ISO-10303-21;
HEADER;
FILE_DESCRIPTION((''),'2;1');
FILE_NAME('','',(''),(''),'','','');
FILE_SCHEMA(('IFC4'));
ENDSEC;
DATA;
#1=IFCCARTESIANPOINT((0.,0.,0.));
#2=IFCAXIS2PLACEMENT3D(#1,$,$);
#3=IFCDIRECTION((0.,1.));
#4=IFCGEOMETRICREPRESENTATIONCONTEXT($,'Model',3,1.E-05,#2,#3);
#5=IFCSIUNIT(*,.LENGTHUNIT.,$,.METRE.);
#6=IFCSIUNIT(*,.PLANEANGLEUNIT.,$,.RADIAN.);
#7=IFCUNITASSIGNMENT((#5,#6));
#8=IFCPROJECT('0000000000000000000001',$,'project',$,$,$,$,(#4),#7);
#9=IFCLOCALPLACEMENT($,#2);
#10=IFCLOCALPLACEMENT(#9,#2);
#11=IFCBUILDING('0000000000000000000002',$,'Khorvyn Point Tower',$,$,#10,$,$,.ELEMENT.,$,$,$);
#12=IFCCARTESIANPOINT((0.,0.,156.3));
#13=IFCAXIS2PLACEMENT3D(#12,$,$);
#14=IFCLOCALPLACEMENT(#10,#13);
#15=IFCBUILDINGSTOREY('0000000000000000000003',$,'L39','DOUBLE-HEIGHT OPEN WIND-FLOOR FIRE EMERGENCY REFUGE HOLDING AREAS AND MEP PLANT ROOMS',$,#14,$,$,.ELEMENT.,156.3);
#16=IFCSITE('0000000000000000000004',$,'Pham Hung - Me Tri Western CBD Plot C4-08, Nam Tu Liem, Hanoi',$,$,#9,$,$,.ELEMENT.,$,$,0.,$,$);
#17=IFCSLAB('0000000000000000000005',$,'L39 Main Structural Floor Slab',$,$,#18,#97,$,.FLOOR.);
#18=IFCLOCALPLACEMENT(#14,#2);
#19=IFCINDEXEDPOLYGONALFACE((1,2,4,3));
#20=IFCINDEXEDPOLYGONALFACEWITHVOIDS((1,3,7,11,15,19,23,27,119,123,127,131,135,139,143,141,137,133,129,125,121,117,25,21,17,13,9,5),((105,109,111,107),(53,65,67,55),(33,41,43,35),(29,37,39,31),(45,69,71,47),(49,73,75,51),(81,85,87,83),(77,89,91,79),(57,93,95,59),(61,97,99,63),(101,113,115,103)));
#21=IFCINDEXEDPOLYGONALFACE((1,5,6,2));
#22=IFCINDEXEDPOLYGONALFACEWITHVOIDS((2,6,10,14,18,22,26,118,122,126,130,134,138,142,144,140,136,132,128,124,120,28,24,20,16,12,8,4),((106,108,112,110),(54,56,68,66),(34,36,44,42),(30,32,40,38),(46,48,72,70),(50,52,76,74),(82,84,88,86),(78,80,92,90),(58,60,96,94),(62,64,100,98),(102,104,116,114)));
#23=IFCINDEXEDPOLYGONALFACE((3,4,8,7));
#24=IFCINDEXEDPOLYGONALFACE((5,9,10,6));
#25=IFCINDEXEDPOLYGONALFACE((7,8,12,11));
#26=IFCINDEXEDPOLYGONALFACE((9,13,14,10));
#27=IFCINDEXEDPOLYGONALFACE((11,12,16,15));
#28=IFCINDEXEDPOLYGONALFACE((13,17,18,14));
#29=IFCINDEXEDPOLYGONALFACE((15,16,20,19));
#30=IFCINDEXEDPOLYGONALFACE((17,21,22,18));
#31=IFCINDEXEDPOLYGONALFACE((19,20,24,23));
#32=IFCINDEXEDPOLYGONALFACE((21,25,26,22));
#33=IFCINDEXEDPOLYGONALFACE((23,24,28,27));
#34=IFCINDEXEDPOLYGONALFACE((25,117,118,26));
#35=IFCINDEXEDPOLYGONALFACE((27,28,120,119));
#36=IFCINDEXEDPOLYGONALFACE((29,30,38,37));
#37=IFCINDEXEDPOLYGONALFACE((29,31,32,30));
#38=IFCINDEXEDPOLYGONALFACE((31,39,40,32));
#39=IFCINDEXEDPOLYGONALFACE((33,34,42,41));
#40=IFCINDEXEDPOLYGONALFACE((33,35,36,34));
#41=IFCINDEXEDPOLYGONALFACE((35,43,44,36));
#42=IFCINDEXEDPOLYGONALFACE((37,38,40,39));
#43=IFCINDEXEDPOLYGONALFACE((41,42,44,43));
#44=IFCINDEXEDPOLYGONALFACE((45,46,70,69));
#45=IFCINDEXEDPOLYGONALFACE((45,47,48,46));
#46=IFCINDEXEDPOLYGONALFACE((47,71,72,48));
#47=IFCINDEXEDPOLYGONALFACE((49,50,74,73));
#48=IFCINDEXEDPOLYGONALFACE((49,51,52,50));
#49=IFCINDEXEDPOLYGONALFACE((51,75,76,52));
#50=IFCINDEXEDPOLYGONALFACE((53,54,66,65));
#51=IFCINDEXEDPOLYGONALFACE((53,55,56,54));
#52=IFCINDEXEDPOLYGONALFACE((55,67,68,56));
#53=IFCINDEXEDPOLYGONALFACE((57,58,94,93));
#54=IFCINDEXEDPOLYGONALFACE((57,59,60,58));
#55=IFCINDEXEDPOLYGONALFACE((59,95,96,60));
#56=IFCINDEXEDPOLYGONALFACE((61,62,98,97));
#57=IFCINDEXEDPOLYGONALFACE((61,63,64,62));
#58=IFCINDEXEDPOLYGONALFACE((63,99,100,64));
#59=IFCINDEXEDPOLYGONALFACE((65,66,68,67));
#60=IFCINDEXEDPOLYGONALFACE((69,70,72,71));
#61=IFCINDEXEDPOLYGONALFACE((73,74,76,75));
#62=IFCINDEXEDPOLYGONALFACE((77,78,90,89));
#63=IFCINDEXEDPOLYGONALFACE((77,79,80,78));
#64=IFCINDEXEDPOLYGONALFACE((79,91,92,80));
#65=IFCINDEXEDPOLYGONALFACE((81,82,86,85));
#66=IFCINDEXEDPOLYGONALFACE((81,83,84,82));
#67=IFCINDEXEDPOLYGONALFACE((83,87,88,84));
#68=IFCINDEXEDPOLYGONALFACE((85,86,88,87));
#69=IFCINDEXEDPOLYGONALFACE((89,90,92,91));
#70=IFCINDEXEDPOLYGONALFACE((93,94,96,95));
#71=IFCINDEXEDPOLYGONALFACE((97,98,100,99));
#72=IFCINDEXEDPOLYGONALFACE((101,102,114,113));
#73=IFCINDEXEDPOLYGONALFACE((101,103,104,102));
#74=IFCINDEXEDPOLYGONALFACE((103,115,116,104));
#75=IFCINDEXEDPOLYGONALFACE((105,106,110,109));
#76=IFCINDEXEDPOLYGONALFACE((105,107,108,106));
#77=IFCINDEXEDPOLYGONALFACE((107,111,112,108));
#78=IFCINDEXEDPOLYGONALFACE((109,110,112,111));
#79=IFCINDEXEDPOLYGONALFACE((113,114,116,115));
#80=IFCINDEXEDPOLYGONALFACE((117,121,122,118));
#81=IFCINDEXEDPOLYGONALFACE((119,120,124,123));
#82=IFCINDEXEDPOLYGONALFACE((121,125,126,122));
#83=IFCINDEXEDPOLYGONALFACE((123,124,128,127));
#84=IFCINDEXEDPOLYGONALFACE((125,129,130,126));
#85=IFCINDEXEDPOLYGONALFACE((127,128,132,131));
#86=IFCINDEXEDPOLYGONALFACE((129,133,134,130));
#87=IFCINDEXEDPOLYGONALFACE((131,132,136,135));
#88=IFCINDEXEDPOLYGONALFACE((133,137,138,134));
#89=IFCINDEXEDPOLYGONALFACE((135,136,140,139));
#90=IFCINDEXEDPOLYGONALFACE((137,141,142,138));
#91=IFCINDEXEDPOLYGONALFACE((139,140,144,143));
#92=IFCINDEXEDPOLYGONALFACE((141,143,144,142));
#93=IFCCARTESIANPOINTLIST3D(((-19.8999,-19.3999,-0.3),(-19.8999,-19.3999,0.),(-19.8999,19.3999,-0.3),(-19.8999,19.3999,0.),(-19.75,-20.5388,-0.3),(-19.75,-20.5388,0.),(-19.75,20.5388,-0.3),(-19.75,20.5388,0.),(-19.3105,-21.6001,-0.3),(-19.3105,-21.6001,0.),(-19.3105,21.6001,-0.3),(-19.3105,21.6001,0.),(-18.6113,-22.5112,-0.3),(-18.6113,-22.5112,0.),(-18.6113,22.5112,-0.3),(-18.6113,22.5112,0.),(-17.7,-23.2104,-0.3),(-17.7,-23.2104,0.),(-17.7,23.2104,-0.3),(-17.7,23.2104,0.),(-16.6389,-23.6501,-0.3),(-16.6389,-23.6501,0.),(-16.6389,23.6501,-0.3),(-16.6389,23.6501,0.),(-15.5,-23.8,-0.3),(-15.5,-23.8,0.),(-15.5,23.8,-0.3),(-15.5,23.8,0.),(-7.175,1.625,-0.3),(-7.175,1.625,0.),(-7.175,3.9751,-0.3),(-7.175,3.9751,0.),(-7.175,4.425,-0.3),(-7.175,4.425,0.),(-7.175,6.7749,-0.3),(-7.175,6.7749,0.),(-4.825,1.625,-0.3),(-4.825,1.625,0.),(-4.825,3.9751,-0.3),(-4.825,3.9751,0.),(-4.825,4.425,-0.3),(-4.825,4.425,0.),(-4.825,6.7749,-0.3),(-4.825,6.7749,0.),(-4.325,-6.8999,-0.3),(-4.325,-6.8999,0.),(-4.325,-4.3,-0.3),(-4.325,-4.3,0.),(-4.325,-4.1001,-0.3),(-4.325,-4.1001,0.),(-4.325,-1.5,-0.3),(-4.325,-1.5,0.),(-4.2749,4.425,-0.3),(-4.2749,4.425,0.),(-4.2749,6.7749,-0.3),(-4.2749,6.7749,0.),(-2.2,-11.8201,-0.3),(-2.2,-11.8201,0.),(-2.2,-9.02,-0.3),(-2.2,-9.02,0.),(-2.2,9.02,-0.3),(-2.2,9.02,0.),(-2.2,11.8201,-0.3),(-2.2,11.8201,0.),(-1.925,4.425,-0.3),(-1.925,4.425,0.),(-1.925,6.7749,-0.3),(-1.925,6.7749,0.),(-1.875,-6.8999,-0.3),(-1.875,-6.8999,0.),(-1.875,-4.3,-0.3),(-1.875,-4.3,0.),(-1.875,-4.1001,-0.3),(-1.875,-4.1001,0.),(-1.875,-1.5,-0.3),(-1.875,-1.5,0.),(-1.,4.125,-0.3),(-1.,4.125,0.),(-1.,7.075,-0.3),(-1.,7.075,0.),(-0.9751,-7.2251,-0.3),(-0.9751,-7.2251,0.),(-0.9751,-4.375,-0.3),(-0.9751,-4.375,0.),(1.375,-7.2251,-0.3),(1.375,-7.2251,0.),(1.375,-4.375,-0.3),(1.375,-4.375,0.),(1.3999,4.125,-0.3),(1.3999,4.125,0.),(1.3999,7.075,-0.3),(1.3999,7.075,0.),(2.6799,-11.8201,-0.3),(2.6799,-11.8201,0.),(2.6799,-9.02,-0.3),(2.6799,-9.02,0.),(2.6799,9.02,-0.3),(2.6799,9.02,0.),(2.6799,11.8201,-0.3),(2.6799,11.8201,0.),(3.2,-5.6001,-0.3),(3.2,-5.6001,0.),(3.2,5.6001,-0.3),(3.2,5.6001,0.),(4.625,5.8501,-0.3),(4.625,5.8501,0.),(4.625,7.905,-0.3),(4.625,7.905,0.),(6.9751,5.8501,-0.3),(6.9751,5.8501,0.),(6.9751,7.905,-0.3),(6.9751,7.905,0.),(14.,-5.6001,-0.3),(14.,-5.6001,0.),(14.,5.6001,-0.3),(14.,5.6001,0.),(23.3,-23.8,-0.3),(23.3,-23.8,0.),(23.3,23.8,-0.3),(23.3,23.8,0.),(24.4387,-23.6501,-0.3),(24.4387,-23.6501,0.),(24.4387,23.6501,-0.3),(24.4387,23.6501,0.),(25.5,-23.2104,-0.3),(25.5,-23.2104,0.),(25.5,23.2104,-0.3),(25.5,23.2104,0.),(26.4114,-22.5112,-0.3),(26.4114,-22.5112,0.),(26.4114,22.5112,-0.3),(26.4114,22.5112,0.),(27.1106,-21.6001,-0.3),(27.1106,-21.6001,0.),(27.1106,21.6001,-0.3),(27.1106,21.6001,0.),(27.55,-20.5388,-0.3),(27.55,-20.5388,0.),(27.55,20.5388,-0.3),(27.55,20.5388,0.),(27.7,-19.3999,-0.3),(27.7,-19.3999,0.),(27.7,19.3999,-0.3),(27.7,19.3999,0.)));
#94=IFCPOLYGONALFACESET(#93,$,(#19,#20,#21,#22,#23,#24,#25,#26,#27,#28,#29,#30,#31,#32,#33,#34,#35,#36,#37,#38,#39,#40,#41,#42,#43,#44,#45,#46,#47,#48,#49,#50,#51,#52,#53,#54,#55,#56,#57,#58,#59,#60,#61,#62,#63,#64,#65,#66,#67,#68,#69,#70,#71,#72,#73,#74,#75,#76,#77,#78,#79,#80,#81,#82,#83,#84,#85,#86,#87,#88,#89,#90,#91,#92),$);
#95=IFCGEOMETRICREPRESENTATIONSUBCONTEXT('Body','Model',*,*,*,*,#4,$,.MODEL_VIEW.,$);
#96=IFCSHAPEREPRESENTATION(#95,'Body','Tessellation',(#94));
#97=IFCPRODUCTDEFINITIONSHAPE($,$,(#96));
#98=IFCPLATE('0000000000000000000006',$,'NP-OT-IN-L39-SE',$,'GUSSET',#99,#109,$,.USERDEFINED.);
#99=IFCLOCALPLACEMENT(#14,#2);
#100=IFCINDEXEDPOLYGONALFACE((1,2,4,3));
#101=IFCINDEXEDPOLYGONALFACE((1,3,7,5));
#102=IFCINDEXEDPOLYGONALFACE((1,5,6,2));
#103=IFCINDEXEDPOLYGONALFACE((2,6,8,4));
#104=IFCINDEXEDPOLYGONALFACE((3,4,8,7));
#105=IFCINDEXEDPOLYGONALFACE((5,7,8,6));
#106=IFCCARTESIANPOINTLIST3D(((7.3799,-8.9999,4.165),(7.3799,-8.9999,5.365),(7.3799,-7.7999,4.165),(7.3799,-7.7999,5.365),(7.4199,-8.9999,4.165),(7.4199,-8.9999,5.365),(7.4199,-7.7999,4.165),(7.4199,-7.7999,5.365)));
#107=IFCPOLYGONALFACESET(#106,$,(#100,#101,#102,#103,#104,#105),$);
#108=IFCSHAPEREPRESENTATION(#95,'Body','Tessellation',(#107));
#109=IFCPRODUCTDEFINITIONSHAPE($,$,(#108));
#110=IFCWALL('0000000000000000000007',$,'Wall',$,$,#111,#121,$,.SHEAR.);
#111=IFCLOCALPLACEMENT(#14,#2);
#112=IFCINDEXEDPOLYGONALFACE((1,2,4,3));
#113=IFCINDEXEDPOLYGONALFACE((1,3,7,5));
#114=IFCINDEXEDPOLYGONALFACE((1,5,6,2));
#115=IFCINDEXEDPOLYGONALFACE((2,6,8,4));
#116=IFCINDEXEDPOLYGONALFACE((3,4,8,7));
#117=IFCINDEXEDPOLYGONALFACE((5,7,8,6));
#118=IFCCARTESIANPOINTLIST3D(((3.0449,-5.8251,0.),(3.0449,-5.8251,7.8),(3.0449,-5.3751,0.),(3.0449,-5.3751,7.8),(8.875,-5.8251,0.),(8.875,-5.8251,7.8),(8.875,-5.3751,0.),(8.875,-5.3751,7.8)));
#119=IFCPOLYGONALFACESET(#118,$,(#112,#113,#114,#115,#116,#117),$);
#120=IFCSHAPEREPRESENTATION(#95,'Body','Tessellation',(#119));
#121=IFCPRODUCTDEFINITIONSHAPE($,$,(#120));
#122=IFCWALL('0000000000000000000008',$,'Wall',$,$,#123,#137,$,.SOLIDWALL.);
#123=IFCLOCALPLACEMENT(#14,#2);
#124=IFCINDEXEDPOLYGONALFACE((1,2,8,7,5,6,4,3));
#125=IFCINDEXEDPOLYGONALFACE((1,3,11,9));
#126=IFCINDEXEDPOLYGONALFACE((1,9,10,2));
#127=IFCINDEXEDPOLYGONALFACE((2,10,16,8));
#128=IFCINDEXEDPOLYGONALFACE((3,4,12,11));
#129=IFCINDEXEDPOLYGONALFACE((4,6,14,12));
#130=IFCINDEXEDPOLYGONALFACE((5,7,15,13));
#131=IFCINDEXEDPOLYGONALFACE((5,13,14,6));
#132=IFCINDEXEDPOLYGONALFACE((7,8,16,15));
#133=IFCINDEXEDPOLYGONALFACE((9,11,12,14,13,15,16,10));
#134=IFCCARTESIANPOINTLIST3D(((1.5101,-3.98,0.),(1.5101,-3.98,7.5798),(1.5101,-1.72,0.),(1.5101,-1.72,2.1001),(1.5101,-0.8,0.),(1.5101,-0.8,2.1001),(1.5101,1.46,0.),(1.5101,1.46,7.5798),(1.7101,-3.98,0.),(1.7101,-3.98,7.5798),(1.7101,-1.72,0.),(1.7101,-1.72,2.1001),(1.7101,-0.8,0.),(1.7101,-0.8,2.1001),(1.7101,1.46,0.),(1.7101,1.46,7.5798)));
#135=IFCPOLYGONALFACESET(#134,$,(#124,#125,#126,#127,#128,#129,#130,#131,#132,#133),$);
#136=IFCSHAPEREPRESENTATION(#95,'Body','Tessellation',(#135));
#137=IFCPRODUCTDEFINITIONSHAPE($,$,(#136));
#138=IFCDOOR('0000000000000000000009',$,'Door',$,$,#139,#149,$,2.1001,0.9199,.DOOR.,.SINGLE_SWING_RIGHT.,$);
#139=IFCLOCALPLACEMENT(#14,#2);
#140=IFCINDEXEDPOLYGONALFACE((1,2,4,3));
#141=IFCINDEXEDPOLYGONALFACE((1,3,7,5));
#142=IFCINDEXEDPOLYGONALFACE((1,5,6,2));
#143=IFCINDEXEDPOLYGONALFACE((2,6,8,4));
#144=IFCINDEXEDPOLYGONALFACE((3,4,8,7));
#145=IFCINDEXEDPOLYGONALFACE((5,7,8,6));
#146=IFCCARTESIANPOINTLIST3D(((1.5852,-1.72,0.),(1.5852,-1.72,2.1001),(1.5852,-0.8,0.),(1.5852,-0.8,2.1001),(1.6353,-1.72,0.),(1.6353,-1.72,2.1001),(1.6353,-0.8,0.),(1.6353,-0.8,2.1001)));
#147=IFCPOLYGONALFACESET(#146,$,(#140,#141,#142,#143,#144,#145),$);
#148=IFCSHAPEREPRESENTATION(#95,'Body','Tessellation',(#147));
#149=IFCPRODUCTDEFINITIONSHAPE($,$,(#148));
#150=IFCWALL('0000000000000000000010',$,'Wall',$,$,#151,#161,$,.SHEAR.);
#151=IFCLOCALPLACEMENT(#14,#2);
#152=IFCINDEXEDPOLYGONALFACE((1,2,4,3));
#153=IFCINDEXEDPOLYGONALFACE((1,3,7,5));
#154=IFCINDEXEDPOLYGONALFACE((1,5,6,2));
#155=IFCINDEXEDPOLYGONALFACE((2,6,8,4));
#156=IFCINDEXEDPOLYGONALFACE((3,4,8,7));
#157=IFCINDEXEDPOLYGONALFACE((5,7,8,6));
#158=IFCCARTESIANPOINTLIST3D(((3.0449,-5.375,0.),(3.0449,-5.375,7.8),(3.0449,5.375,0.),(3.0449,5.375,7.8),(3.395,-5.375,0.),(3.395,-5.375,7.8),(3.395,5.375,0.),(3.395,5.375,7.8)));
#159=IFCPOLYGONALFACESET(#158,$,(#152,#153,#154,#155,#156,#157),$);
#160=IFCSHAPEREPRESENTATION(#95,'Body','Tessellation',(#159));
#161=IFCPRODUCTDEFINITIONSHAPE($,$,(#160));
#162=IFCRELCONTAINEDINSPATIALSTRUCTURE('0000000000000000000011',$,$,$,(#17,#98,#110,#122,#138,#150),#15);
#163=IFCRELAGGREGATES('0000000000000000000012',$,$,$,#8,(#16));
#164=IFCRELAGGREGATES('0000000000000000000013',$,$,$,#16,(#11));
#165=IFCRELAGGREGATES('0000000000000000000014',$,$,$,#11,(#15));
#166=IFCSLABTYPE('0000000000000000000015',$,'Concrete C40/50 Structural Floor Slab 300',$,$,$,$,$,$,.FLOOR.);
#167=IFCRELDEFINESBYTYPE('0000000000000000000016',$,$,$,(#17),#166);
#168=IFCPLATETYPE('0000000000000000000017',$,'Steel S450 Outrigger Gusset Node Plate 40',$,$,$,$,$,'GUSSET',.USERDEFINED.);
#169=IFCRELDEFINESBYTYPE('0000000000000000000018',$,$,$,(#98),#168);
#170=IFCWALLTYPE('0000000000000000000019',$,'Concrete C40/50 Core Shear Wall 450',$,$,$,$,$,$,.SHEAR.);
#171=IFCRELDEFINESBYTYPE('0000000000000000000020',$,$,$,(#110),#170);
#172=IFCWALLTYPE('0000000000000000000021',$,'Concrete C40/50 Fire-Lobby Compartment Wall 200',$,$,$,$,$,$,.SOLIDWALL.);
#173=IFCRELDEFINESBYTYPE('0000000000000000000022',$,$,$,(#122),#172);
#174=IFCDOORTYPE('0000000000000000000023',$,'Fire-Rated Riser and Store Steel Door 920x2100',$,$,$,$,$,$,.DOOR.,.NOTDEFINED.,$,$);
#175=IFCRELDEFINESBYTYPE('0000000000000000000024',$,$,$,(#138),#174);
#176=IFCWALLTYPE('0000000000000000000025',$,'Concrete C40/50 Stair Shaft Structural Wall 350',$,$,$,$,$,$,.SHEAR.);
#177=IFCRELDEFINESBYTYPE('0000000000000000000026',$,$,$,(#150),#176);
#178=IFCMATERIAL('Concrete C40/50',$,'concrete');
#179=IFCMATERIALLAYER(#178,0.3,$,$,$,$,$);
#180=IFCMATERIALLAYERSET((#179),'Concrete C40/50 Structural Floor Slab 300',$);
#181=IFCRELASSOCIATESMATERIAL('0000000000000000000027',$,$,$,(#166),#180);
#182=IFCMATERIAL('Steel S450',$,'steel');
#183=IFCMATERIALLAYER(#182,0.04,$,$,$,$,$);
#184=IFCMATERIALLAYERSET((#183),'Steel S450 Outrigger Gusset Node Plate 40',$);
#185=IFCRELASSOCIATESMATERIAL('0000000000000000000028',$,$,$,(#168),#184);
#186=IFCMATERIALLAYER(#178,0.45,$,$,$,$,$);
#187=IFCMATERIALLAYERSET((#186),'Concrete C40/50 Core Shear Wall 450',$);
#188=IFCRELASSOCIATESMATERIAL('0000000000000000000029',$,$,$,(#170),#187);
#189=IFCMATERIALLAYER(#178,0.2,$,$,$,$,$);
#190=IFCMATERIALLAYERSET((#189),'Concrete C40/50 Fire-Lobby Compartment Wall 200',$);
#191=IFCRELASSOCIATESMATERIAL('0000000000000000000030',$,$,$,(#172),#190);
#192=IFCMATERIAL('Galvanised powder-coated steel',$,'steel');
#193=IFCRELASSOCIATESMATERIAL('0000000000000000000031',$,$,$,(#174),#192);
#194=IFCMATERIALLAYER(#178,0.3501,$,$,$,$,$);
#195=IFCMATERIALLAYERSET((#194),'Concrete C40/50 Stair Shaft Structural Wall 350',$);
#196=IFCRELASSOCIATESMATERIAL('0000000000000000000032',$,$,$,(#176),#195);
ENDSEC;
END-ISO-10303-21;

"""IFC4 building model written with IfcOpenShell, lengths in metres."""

from ifc_helpers import new_model, si_unit, direction, frame, frame_2d, origin, origin_2d, place, context, subcontext, project, spatial, polyline, rectangle, outline, extrude, material, layer, layer_set, type_object, element, fill, save


model = new_model("IFC4")

# Units and contexts
model_context = context("Model", 3, precision=1e-05, world=origin(), true_north=direction((0.0, 1.0)))
body_context = subcontext(model_context, "Body", "Model", "MODEL_VIEW")
ifc_project = project(units=[si_unit("LENGTHUNIT", "METRE"), si_unit("PLANEANGLEUNIT", "RADIAN")], contexts=[model_context])

# Site, building, storey
site_placement = place(None, origin())
site = spatial("IfcSite", under=ifc_project, at=site_placement, Name="Pham Hung - Me Tri Western CBD Plot C4-08, Nam Tu Liem, Hanoi", CompositionType="ELEMENT", RefElevation=0.0)
building_placement = place(site_placement, origin())
building = spatial("IfcBuilding", under=site, at=building_placement, Name="Khorvyn Point Tower", CompositionType="ELEMENT")
storey_placement = place(building_placement, frame((0.0, 0.0, 156.3)))
storey = spatial("IfcBuildingStorey", under=building, at=storey_placement, Name="L39", Description="DOUBLE-HEIGHT OPEN WIND-FLOOR FIRE EMERGENCY REFUGE HOLDING AREAS AND MEP PLANT ROOMS", CompositionType="ELEMENT", Elevation=156.3)

# Shared definitions
ifc_material_1 = material(Name="Concrete C40/50", Category="concrete")

# Shared definitions
ifc_material_2 = material(Name="Steel S450", Category="steel")

# Slab
ifc_layer_1 = layer(ifc_material_1, 0.3)
ifc_layer_set_1 = layer_set([ifc_layer_1], Name="Concrete C40/50 Structural Floor Slab 300")
slab_type_1 = type_object("IfcSlabType", Name="Concrete C40/50 Structural Floor Slab 300", PredefinedType="FLOOR", material=ifc_layer_set_1)
slab_1_placement = place(storey_placement, frame((0.0, 0.0, -0.3)))
element("IfcSlab", 1, at=slab_1_placement, inside=storey, type_object=slab_type_1, Name="L39 Main Structural Floor Slab", PredefinedType="FLOOR", context=body_context, shape_type="SweptSolid", body=[
    extrude(outline(polyline([(-15.5, -23.8), (-16.6389, -23.6501), (-17.7, -23.2104), (-18.6113, -22.5112), (-19.3105, -21.6001), (-19.75, -20.5388), (-19.8999, -19.3999), (-19.8999, 19.3999), (-19.75, 20.5388), (-19.3105, 21.6001), (-18.6113, 22.5112), (-17.7, 23.2104), (-16.6389, 23.6501), (-15.5, 23.8), (23.3, 23.8), (24.4387, 23.6501), (25.5, 23.2104), (26.4114, 22.5112), (27.1106, 21.6001), (27.55, 20.5388), (27.7, 19.3999), (27.7, -19.3999), (27.55, -20.5388), (27.1106, -21.6001), (26.4114, -22.5112), (25.5, -23.2104), (24.4387, -23.6501), (23.3, -23.8), (-15.5, -23.8)]), holes=[polyline([(-1.875, -6.8999), (-1.875, -4.3), (-4.325, -4.3), (-4.325, -6.8999), (-1.875, -6.8999)]), polyline([(-1.875, -4.1001), (-1.875, -1.5), (-4.325, -1.5), (-4.325, -4.1001), (-1.875, -4.1001)]), polyline([(-4.825, 1.625), (-4.825, 3.9751), (-7.175, 3.9751), (-7.175, 1.625), (-4.825, 1.625)]), polyline([(-7.175, 4.425), (-4.825, 4.425), (-4.825, 6.7749), (-7.175, 6.7749), (-7.175, 4.425)]), polyline([(-4.2749, 4.425), (-1.925, 4.425), (-1.925, 6.7749), (-4.2749, 6.7749), (-4.2749, 4.425)]), polyline([(1.3999, 4.125), (1.3999, 7.075), (-1.0, 7.075), (-1.0, 4.125), (1.3999, 4.125)]), polyline([(-2.2, -11.8201), (2.6799, -11.8201), (2.6799, -9.02), (-2.2, -9.02), (-2.2, -11.8201)]), polyline([(-0.9751, -7.2251), (1.375, -7.2251), (1.375, -4.375), (-0.9751, -4.375), (-0.9751, -7.2251)]), polyline([(14.0, -5.6001), (14.0, 5.6001), (3.2, 5.6001), (3.2, -5.6001), (14.0, -5.6001)]), polyline([(4.625, 5.8501), (6.9751, 5.8501), (6.9751, 7.905), (4.625, 7.905), (4.625, 5.8501)]), polyline([(-2.2, 9.02), (2.6799, 9.02), (2.6799, 11.8201), (-2.2, 11.8201), (-2.2, 9.02)])]), origin(), (0.0, 0.0, 1.0), 0.3),
])

# Plate
ifc_layer_2 = layer(ifc_material_2, 0.04)
ifc_layer_set_2 = layer_set([ifc_layer_2], Name="Steel S450 Outrigger Gusset Node Plate 40")
plate_type = type_object("IfcPlateType", Name="Steel S450 Outrigger Gusset Node Plate 40", ElementType="GUSSET", PredefinedType="USERDEFINED", material=ifc_layer_set_2)
plate_placement = place(storey_placement, frame((7.3999, -8.3999, 4.165), z_axis=(0.0, 0.0, 1.0), x_axis=(1.0, 0.0, 0.0)))
element("IfcPlate", 2, at=plate_placement, inside=storey, type_object=plate_type, Name="NP-OT-IN-L39-SE", ObjectType="GUSSET", PredefinedType="USERDEFINED", context=body_context, shape_type="SweptSolid", body=[
    extrude(rectangle(XDim=0.04, YDim=1.2, at=origin_2d()), origin(), (0.0, 0.0, 1.0), 1.2),
])

# Wall
ifc_layer_3 = layer(ifc_material_1, 0.45)
ifc_layer_set_3 = layer_set([ifc_layer_3], Name="Concrete C40/50 Core Shear Wall 450")
wall_type_1 = type_object("IfcWallType", Name="Concrete C40/50 Core Shear Wall 450", PredefinedType="SHEAR", material=ifc_layer_set_3)
wall_1_placement = place(storey_placement, frame((3.0449, -5.6001, 0.0), z_axis=(0.0, 0.0, 1.0), x_axis=(1.0, 0.0, 0.0)))
element("IfcWall", 3, at=wall_1_placement, inside=storey, type_object=wall_type_1, Name="Wall", PredefinedType="SHEAR", context=body_context, shape_type="SweptSolid", body=[
    extrude(rectangle(XDim=5.8301, YDim=0.45, at=frame_2d((2.915, 0.0))), origin(), (0.0, 0.0, 1.0), 7.8),
])

# Wall, opening, door
ifc_layer_4 = layer(ifc_material_1, 0.2)
ifc_layer_set_4 = layer_set([ifc_layer_4], Name="Concrete C40/50 Fire-Lobby Compartment Wall 200")
wall_type_2 = type_object("IfcWallType", Name="Concrete C40/50 Fire-Lobby Compartment Wall 200", PredefinedType="SOLIDWALL", material=ifc_layer_set_4)
ifc_material_3 = material(Name="Galvanised powder-coated steel", Category="steel")
wall_2_placement = place(storey_placement, frame((1.6101, -3.98, 0.0), z_axis=(0.0, 0.0, 1.0), x_axis=(0.0, 1.0, 0.0)))
wall_2 = element("IfcWall", 4, at=wall_2_placement, inside=storey, type_object=wall_type_2, Name="Wall", PredefinedType="SOLIDWALL", context=body_context, shape_type="SweptSolid", body=[
    extrude(rectangle(XDim=5.4399, YDim=0.2, at=frame_2d((2.72, 0.0))), origin(), (0.0, 0.0, 1.0), 7.5798),
])
opening_1_placement = place(wall_2_placement, frame((2.26, 0.0, 0.0)))
opening_1 = element("IfcOpeningElement", 5, at=opening_1_placement, cuts=wall_2, PredefinedType="OPENING", context=body_context, shape_type="SweptSolid", body=[
    extrude(rectangle(XDim=0.9199, YDim=2.1001, at=frame_2d((0.46, 1.05))), frame((0.0, 0.1099, 0.0), z_axis=(0.0, -1.0, 0.0), x_axis=(1.0, 0.0, 0.0)), (0.0, 0.0, 1.0), 0.22),
])
door_type_1 = type_object("IfcDoorType", Name="Fire-Rated Riser and Store Steel Door 920x2100", OperationType="NOTDEFINED", PredefinedType="DOOR", material=ifc_material_3)
door_1_placement = place(opening_1_placement, origin())
door_1 = element("IfcDoor", 6, at=door_1_placement, inside=storey, type_object=door_type_1, Name="Door", OperationType="SINGLE_SWING_RIGHT", OverallHeight=2.1001, OverallWidth=0.9199, PredefinedType="DOOR", context=body_context, shape_type="SweptSolid", body=[
    extrude(rectangle(XDim=0.9199, YDim=2.1001, at=frame_2d((0.46, 1.05))), frame((0.0, 0.0249, 0.0), z_axis=(0.0, -1.0, 0.0), x_axis=(1.0, 0.0, 0.0)), (0.0, 0.0, 1.0), 0.05),
])
fill(opening_1, door_1)

# Wall
ifc_layer_5 = layer(ifc_material_1, 0.3501)
ifc_layer_set_5 = layer_set([ifc_layer_5], Name="Concrete C40/50 Stair Shaft Structural Wall 350")
wall_type_3 = type_object("IfcWallType", Name="Concrete C40/50 Stair Shaft Structural Wall 350", PredefinedType="SHEAR", material=ifc_layer_set_5)
wall_3_placement = place(storey_placement, frame((3.22, -5.375, 0.0), z_axis=(0.0, 0.0, 1.0), x_axis=(0.0, 1.0, 0.0)))
element("IfcWall", 7, at=wall_3_placement, inside=storey, type_object=wall_type_3, Name="Wall", PredefinedType="SHEAR", context=body_context, shape_type="SweptSolid", body=[
    extrude(rectangle(XDim=10.75, YDim=0.3501, at=frame_2d((5.375, 0.0))), origin(), (0.0, 0.0, 1.0), 7.8),
])

save(model, "model.ifc")
